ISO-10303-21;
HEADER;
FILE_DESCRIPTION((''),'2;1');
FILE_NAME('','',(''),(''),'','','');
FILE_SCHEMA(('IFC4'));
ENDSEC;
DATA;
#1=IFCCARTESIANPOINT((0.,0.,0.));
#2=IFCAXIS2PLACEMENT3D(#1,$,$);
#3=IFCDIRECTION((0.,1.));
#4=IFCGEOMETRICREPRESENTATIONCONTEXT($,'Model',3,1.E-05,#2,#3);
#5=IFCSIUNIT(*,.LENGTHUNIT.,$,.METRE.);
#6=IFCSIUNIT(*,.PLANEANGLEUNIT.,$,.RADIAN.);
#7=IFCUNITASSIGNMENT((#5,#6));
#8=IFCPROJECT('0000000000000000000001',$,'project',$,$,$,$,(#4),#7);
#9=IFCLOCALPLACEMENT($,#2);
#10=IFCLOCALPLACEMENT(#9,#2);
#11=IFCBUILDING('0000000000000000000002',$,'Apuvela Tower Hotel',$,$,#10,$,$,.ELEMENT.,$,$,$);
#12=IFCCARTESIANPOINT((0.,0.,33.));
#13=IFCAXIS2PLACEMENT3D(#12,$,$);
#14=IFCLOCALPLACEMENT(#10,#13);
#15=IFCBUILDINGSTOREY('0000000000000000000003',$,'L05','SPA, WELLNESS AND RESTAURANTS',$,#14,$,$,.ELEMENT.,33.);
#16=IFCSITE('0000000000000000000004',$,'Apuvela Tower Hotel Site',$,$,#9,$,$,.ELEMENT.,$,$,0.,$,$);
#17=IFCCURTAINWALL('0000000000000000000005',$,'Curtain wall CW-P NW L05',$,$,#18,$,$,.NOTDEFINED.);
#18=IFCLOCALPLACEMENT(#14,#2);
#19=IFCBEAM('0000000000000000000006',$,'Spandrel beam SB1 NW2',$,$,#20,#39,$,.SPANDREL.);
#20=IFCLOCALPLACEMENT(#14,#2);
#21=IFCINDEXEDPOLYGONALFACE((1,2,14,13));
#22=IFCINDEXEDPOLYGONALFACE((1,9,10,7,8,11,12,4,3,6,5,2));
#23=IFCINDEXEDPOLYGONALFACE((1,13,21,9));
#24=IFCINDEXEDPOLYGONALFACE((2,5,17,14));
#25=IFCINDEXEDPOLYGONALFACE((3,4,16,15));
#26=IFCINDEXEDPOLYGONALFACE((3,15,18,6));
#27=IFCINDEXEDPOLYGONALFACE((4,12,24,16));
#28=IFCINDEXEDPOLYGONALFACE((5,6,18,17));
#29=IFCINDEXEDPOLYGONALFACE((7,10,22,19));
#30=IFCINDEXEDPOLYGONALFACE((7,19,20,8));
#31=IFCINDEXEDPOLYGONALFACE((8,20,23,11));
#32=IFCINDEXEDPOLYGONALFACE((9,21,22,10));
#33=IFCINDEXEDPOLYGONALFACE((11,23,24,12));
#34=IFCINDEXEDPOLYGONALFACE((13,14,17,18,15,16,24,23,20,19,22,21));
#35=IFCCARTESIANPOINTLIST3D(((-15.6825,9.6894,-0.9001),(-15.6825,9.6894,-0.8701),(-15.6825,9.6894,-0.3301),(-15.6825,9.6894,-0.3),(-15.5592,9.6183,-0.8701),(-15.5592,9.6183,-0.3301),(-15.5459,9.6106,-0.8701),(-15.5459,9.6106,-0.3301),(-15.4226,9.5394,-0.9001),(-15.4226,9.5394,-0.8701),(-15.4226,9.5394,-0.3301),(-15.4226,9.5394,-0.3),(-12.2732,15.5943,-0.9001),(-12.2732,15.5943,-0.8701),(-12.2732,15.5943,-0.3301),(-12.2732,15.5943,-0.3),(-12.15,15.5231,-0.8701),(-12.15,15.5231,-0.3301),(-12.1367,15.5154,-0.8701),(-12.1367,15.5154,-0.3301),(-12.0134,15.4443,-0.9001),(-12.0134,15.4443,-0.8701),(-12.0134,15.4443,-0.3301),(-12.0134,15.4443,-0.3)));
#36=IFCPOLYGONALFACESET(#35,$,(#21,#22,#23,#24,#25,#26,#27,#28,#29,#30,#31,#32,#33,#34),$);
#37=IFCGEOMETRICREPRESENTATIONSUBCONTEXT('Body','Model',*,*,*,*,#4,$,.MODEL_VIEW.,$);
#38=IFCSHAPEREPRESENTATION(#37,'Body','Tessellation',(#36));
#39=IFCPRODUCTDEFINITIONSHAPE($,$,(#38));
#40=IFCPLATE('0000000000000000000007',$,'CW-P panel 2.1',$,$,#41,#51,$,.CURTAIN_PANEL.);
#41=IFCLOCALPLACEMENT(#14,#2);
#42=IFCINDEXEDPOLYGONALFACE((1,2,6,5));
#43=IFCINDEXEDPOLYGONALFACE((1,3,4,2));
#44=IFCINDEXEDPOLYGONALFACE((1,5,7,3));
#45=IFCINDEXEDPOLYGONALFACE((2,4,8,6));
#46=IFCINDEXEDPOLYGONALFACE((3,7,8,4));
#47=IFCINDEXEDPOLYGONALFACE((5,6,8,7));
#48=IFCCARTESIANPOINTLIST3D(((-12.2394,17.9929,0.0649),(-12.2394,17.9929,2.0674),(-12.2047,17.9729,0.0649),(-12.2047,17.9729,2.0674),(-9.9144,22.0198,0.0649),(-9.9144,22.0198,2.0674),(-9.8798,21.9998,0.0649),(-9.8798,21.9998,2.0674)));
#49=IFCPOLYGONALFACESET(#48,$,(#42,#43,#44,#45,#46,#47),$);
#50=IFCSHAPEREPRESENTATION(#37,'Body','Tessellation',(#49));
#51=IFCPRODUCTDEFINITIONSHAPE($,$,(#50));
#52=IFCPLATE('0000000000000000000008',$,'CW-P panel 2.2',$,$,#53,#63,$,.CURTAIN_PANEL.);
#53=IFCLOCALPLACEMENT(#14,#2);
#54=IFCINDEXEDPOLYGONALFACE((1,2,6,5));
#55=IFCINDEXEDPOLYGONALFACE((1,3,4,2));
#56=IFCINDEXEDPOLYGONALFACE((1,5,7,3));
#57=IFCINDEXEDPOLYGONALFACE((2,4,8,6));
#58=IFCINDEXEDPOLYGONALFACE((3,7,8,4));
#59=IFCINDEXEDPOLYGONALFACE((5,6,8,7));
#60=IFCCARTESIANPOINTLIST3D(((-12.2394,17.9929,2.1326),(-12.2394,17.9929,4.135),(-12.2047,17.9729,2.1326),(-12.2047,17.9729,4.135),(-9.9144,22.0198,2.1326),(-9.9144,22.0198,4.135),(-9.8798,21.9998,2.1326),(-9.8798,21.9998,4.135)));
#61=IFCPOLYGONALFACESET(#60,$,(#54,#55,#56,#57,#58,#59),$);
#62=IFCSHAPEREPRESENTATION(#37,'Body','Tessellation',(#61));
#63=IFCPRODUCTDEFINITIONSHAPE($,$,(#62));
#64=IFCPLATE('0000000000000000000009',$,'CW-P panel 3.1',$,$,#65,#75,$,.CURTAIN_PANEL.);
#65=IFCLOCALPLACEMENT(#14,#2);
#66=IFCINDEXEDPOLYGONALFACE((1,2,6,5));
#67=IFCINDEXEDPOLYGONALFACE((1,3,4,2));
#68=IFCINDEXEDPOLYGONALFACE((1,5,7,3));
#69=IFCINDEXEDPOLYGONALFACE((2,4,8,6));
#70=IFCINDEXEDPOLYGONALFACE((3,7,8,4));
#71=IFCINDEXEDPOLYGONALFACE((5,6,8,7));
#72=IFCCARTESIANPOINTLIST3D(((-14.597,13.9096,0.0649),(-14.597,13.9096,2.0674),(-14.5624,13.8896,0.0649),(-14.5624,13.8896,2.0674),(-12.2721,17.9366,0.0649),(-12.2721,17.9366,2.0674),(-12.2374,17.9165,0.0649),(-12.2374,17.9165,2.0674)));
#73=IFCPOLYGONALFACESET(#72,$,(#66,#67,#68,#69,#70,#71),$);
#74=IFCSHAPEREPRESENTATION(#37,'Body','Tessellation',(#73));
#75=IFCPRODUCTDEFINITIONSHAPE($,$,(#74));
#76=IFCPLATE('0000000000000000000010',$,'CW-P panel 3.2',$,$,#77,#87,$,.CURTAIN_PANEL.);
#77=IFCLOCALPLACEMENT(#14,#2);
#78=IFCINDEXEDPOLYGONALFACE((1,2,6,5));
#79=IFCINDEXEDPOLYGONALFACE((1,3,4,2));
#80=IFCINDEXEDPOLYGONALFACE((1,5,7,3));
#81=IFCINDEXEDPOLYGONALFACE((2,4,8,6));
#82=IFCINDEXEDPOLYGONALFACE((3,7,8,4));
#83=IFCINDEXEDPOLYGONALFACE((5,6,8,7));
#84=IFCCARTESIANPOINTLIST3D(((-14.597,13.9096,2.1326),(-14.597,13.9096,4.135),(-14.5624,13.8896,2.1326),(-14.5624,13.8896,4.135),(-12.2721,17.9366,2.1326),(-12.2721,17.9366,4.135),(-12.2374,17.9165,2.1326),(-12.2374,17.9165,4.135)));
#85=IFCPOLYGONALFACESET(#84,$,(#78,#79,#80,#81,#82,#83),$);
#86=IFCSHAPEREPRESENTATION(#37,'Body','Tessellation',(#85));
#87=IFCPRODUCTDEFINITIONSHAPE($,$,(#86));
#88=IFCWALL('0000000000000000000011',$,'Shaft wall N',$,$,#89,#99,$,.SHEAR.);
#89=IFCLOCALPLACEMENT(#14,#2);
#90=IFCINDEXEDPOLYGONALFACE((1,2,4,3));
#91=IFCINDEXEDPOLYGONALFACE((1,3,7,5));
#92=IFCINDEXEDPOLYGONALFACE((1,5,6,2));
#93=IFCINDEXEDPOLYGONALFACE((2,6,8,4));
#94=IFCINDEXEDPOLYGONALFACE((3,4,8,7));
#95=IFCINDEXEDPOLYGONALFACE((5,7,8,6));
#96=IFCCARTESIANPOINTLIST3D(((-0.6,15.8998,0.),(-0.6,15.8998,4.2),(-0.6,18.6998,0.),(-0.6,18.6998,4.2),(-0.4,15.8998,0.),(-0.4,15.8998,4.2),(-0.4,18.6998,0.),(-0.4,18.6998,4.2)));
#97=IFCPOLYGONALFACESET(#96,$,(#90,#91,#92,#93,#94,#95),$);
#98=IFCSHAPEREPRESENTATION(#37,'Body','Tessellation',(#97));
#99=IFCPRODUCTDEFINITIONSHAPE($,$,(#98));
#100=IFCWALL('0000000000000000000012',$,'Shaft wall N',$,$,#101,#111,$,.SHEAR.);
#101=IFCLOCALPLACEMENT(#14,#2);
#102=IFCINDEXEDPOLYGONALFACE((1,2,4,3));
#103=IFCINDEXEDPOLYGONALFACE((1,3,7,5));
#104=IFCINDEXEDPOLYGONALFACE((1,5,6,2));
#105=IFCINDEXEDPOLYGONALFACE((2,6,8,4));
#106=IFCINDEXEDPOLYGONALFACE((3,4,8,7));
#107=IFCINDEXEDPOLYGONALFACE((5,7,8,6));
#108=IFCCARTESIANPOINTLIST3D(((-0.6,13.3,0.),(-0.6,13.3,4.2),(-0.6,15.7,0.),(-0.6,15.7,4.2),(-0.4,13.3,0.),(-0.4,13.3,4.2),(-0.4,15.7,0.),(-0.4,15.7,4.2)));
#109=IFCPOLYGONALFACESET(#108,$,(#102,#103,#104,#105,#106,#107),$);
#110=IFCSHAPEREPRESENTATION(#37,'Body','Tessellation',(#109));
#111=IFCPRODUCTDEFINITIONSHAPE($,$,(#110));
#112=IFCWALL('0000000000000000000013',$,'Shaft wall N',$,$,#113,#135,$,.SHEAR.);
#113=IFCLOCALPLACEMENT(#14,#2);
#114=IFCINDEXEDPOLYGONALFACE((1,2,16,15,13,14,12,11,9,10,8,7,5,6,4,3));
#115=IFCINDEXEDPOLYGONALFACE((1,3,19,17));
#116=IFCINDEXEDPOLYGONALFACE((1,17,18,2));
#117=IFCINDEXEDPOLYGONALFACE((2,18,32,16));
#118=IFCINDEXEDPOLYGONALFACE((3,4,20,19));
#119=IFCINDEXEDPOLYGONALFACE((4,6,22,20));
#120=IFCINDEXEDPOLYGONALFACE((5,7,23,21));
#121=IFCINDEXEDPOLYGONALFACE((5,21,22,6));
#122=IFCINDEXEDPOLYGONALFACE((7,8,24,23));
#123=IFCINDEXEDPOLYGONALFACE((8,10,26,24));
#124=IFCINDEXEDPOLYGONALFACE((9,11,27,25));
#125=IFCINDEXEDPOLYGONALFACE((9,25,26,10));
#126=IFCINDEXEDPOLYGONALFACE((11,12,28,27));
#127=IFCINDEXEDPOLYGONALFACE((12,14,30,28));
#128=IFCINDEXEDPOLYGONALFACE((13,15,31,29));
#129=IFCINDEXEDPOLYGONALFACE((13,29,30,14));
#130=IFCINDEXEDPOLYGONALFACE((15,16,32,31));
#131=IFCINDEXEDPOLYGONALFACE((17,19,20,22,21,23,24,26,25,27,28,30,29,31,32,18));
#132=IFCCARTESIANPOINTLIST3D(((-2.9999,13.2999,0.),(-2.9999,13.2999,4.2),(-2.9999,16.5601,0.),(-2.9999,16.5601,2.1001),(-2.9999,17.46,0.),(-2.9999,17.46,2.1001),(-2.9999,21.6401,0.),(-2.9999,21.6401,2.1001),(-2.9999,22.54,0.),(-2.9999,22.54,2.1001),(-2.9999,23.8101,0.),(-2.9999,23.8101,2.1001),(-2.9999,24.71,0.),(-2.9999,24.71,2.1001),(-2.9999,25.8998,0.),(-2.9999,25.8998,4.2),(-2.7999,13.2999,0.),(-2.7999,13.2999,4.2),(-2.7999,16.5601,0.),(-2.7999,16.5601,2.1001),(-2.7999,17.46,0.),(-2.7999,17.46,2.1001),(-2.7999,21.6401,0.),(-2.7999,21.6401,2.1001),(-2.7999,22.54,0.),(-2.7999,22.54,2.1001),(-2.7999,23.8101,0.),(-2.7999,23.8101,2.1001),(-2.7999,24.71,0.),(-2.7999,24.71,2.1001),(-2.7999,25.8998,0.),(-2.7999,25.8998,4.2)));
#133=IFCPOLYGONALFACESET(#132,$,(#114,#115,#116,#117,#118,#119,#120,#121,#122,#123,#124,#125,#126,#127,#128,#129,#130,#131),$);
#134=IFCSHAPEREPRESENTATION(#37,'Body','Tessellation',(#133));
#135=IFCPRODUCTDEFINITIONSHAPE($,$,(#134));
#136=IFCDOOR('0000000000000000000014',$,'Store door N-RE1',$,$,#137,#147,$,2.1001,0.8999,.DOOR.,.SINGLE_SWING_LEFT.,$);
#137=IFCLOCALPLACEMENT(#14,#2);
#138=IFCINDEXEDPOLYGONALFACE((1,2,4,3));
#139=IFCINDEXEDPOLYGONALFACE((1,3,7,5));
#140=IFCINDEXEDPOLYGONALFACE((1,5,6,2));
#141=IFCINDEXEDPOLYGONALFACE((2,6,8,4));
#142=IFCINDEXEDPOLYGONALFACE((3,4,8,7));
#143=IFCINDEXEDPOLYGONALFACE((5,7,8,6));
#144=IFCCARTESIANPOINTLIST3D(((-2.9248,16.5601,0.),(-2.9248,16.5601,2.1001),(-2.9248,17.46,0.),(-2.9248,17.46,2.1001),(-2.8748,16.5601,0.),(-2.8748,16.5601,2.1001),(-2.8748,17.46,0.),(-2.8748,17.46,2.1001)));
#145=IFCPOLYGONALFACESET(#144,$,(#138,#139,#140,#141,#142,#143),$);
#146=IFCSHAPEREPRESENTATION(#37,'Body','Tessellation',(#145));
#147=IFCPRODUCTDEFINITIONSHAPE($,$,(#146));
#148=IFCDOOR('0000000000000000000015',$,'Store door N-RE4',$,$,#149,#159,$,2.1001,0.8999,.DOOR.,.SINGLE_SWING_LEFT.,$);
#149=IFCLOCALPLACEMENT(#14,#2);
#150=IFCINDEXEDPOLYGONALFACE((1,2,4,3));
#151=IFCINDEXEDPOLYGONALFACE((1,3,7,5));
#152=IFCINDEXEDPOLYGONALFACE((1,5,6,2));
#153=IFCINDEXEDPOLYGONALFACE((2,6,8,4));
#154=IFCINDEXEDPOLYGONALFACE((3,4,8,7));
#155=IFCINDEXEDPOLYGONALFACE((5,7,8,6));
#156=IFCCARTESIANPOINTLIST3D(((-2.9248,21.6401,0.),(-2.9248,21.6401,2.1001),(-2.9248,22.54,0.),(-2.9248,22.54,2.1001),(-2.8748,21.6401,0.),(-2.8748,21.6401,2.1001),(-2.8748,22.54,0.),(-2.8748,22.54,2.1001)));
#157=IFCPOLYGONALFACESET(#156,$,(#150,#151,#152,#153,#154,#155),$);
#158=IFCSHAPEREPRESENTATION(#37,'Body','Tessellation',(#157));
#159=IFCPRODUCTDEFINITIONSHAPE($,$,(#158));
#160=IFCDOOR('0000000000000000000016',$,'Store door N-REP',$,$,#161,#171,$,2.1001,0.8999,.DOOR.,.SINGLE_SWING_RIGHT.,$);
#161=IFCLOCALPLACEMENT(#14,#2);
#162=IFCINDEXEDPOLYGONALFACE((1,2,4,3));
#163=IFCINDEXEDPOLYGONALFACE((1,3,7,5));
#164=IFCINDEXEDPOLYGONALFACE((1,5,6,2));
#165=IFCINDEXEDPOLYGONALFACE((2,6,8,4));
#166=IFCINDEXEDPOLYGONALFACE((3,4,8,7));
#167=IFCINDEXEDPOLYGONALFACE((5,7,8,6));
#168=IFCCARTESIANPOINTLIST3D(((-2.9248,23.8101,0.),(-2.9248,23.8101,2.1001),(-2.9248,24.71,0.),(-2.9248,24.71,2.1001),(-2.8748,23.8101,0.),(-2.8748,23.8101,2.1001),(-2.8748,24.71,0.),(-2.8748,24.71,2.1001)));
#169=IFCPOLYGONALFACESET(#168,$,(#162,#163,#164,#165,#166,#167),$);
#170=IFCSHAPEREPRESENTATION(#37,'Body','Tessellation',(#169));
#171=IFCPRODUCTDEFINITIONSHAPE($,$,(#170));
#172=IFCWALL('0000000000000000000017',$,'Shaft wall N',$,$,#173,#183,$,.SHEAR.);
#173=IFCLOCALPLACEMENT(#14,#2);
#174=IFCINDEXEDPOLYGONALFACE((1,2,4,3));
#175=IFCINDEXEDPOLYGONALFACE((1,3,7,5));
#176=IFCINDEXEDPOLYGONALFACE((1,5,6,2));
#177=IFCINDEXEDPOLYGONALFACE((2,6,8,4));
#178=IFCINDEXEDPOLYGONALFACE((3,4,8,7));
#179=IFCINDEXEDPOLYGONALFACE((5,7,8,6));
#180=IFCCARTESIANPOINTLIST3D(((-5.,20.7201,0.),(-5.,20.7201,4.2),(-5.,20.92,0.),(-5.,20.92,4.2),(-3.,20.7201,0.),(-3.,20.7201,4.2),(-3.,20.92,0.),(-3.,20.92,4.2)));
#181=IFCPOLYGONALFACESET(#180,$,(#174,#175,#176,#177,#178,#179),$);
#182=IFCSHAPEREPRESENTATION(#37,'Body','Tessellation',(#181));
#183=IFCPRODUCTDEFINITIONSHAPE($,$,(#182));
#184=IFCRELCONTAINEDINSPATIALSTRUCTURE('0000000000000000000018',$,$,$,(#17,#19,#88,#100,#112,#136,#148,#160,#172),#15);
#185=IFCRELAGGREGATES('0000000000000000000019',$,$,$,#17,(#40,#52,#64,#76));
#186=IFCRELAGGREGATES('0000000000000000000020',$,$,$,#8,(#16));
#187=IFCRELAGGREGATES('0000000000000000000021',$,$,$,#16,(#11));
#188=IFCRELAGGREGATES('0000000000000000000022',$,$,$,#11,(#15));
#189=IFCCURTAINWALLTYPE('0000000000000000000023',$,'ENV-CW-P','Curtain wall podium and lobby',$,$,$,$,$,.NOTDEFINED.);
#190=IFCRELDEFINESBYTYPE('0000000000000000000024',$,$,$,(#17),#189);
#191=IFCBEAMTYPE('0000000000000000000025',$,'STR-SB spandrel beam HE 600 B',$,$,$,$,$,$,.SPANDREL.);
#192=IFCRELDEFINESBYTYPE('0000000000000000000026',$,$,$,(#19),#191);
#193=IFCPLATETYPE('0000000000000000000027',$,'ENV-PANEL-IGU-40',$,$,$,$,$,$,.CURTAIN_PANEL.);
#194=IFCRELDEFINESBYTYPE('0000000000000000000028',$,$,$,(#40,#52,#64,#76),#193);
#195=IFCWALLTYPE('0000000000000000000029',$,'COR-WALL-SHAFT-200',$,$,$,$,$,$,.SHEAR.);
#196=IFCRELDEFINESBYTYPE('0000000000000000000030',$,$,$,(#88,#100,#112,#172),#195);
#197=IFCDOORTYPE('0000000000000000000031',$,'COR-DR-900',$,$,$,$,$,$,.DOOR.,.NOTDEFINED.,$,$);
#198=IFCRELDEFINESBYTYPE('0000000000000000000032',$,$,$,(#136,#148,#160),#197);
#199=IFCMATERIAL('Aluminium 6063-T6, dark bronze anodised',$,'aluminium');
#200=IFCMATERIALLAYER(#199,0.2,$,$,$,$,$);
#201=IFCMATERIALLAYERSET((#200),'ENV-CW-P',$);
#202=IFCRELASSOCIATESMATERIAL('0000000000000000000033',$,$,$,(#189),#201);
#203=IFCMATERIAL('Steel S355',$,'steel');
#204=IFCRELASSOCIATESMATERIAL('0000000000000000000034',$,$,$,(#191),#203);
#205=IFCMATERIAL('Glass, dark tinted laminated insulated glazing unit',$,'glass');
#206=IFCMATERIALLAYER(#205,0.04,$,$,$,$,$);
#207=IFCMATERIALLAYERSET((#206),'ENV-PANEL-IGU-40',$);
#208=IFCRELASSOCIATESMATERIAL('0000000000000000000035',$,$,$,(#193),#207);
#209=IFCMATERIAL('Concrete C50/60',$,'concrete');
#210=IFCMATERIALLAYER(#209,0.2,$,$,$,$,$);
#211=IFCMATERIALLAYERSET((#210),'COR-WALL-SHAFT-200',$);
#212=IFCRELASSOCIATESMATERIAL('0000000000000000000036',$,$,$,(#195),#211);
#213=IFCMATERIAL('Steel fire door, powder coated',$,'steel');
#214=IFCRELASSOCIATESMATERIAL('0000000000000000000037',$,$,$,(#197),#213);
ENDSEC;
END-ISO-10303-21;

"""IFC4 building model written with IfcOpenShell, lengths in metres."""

from ifc_helpers import new_model, si_unit, direction, frame, frame_2d, origin, origin_2d, place, context, subcontext, project, spatial, rectangle, i_section, extrude, material, layer, layer_set, material_profile, profile_set, type_object, element, fill, aggregate, save


model = new_model("IFC4")

# Units and contexts
model_context = context("Model", 3, precision=1e-05, world=origin(), true_north=direction((0.0, 1.0)))
body_context = subcontext(model_context, "Body", "Model", "MODEL_VIEW")
ifc_project = project(units=[si_unit("LENGTHUNIT", "METRE"), si_unit("PLANEANGLEUNIT", "RADIAN")], contexts=[model_context])

# Site, building, storey
site_placement = place(None, origin())
site = spatial("IfcSite", under=ifc_project, at=site_placement, Name="Apuvela Tower Hotel Site", CompositionType="ELEMENT", RefElevation=0.0)
building_placement = place(site_placement, origin())
building = spatial("IfcBuilding", under=site, at=building_placement, Name="Apuvela Tower Hotel", CompositionType="ELEMENT")
storey_placement = place(building_placement, frame((0.0, 0.0, 33.0)))
storey = spatial("IfcBuildingStorey", under=building, at=storey_placement, Name="L05", Description="SPA, WELLNESS AND RESTAURANTS", CompositionType="ELEMENT", Elevation=33.0)

# Curtain wall
ifc_material_1 = material(Name="Aluminium 6063-T6, dark bronze anodised", Category="aluminium")
ifc_layer_1 = layer(ifc_material_1, 0.2)
ifc_layer_set_1 = layer_set([ifc_layer_1], Name="ENV-CW-P")
curtain_wall_type = type_object("IfcCurtainWallType", Name="ENV-CW-P", Description="Curtain wall podium and lobby", PredefinedType="NOTDEFINED", material=ifc_layer_set_1)
curtain_wall_placement = place(storey_placement, origin())
curtain_wall = element("IfcCurtainWall", 1, at=curtain_wall_placement, inside=storey, type_object=curtain_wall_type, Name="Curtain wall CW-P NW L05", PredefinedType="NOTDEFINED")

# Beam
ifc_material_2 = material(Name="Steel S355", Category="steel")
ifc_material_profile_1 = material_profile(ifc_material_2, i_section(OverallWidth=0.3, OverallDepth=0.6001, WebThickness=0.0154, FlangeThickness=0.03, at=origin_2d()), Name="HE 600 B")
ifc_profile_set_1 = profile_set([ifc_material_profile_1], Name="Steel S355")
beam_type_1 = type_object("IfcBeamType", Name="STR-SB spandrel beam HE 600 B", PredefinedType="SPANDREL", material=ifc_profile_set_1)
beam_1_placement = place(storey_placement, frame((-12.1433, 15.5193, -0.6001), z_axis=(-0.500006, -0.866022, 0.0), x_axis=(0.866022, -0.500006, 0.0)))
element("IfcBeam", 2, at=beam_1_placement, inside=storey, type_object=beam_type_1, Name="Spandrel beam SB1 NW2", PredefinedType="SPANDREL", context=body_context, shape_type="SweptSolid", body=[
    extrude(i_section(OverallWidth=0.3, OverallDepth=0.6001, WebThickness=0.0154, FlangeThickness=0.03, at=origin_2d()), origin(), (0.0, 0.0, 1.0), 6.8184),
])

# Plates
ifc_material_3 = material(Name="Glass, dark tinted laminated insulated glazing unit", Category="glass")
ifc_layer_2 = layer(ifc_material_3, 0.04)
ifc_layer_set_2 = layer_set([ifc_layer_2], Name="ENV-PANEL-IGU-40")
plate_type = type_object("IfcPlateType", Name="ENV-PANEL-IGU-40", PredefinedType="CURTAIN_PANEL", material=ifc_layer_set_2)
plate_1_placement = place(storey_placement, frame((-11.0596, 19.9963, 0.0649), z_axis=(0.0, 0.0, 1.0), x_axis=(-0.5, -0.866026, 0.0)))
plate_1 = element("IfcPlate", 3, at=plate_1_placement, type_object=plate_type, Name="CW-P panel 2.1", PredefinedType="CURTAIN_PANEL", context=body_context, shape_type="SweptSolid", body=[
    extrude(rectangle(XDim=4.6499, YDim=0.04, at=origin_2d()), origin(), (0.0, 0.0, 1.0), 2.0024),
])
plate_2_placement = place(storey_placement, frame((-11.0596, 19.9963, 2.1326), z_axis=(0.0, 0.0, 1.0), x_axis=(-0.5, -0.866026, 0.0)))
plate_2 = element("IfcPlate", 4, at=plate_2_placement, type_object=plate_type, Name="CW-P panel 2.2", PredefinedType="CURTAIN_PANEL", context=body_context, shape_type="SweptSolid", body=[
    extrude(rectangle(XDim=4.6499, YDim=0.04, at=origin_2d()), origin(), (0.0, 0.0, 1.0), 2.0024),
])
plate_3_placement = place(storey_placement, frame((-13.4172, 15.9131, 0.0649), z_axis=(0.0, 0.0, 1.0), x_axis=(-0.5, -0.866026, 0.0)))
plate_3 = element("IfcPlate", 5, at=plate_3_placement, type_object=plate_type, Name="CW-P panel 3.1", PredefinedType="CURTAIN_PANEL", context=body_context, shape_type="SweptSolid", body=[
    extrude(rectangle(XDim=4.6499, YDim=0.04, at=origin_2d()), origin(), (0.0, 0.0, 1.0), 2.0024),
])
plate_4_placement = place(storey_placement, frame((-13.4172, 15.9131, 2.1326), z_axis=(0.0, 0.0, 1.0), x_axis=(-0.5, -0.866026, 0.0)))
plate_4 = element("IfcPlate", 6, at=plate_4_placement, type_object=plate_type, Name="CW-P panel 3.2", PredefinedType="CURTAIN_PANEL", context=body_context, shape_type="SweptSolid", body=[
    extrude(rectangle(XDim=4.6499, YDim=0.04, at=origin_2d()), origin(), (0.0, 0.0, 1.0), 2.0024),
])
aggregate(curtain_wall, [plate_1, plate_2, plate_3, plate_4])

# Walls
ifc_material_4 = material(Name="Concrete C50/60", Category="concrete")
ifc_layer_3 = layer(ifc_material_4, 0.2)
ifc_layer_set_3 = layer_set([ifc_layer_3], Name="COR-WALL-SHAFT-200")
wall_type_1 = type_object("IfcWallType", Name="COR-WALL-SHAFT-200", PredefinedType="SHEAR", material=ifc_layer_set_3)
wall_1_placement = place(storey_placement, frame((-0.5, 15.8999, 0.0), z_axis=(0.0, 0.0, 1.0), x_axis=(0.0, 1.0, 0.0)))
element("IfcWall", 7, at=wall_1_placement, inside=storey, type_object=wall_type_1, Name="Shaft wall N", PredefinedType="SHEAR", context=body_context, shape_type="SweptSolid", body=[
    extrude(rectangle(XDim=2.8, YDim=0.2, at=frame_2d((1.3999, 0.0))), origin(), (0.0, 0.0, 1.0), 4.2),
])
wall_2_placement = place(storey_placement, frame((-0.5, 13.3, 0.0), z_axis=(0.0, 0.0, 1.0), x_axis=(0.0, 1.0, 0.0)))
element("IfcWall", 8, at=wall_2_placement, inside=storey, type_object=wall_type_1, Name="Shaft wall N", PredefinedType="SHEAR", context=body_context, shape_type="SweptSolid", body=[
    extrude(rectangle(XDim=2.3999, YDim=0.2, at=frame_2d((1.2, 0.0))), origin(), (0.0, 0.0, 1.0), 4.2),
])

# Wall, openings, doors
wall_3_placement = place(storey_placement, frame((-2.8999, 13.3, 0.0), z_axis=(0.0, 0.0, 1.0), x_axis=(0.0, 1.0, 0.0)))
wall_3 = element("IfcWall", 9, at=wall_3_placement, inside=storey, type_object=wall_type_1, Name="Shaft wall N", PredefinedType="SHEAR", context=body_context, shape_type="SweptSolid", body=[
    extrude(rectangle(XDim=12.5999, YDim=0.2, at=frame_2d((6.2998, 0.0))), origin(), (0.0, 0.0, 1.0), 4.2),
])
opening_1_placement = place(wall_3_placement, frame((3.26, 0.0, 0.0)))
opening_1 = element("IfcOpeningElement", 10, at=opening_1_placement, cuts=wall_3, PredefinedType="OPENING", context=body_context, shape_type="SweptSolid", body=[
    extrude(rectangle(XDim=0.8999, YDim=2.1001, at=frame_2d((0.45, 1.05))), frame((0.0, 0.1099, 0.0), z_axis=(0.0, -1.0, 0.0), x_axis=(1.0, 0.0, 0.0)), (0.0, 0.0, 1.0), 0.22),
])
opening_2_placement = place(wall_3_placement, frame((8.3401, 0.0, 0.0)))
opening_2 = element("IfcOpeningElement", 11, at=opening_2_placement, cuts=wall_3, PredefinedType="OPENING", context=body_context, shape_type="SweptSolid", body=[
    extrude(rectangle(XDim=0.8999, YDim=2.1001, at=frame_2d((0.45, 1.05))), frame((0.0, 0.1099, 0.0), z_axis=(0.0, -1.0, 0.0), x_axis=(1.0, 0.0, 0.0)), (0.0, 0.0, 1.0), 0.22),
])
opening_3_placement = place(wall_3_placement, frame((10.51, 0.0, 0.0)))
opening_3 = element("IfcOpeningElement", 12, at=opening_3_placement, cuts=wall_3, PredefinedType="OPENING", context=body_context, shape_type="SweptSolid", body=[
    extrude(rectangle(XDim=0.8999, YDim=2.1001, at=frame_2d((0.45, 1.05))), frame((0.0, 0.1099, 0.0), z_axis=(0.0, -1.0, 0.0), x_axis=(1.0, 0.0, 0.0)), (0.0, 0.0, 1.0), 0.22),
])
ifc_material_5 = material(Name="Steel fire door, powder coated", Category="steel")
door_type_1 = type_object("IfcDoorType", Name="COR-DR-900", OperationType="NOTDEFINED", PredefinedType="DOOR", material=ifc_material_5)
door_1_placement = place(opening_1_placement, origin())
door_1 = element("IfcDoor", 13, at=door_1_placement, inside=storey, type_object=door_type_1, Name="Store door N-RE1", OperationType="SINGLE_SWING_LEFT", OverallHeight=2.1001, OverallWidth=0.8999, PredefinedType="DOOR", context=body_context, shape_type="SweptSolid", body=[
    extrude(rectangle(XDim=0.8999, YDim=2.1001, at=frame_2d((0.45, 1.05))), frame((0.0, 0.0249, 0.0), z_axis=(0.0, -1.0, 0.0), x_axis=(1.0, 0.0, 0.0)), (0.0, 0.0, 1.0), 0.05),
])
fill(opening_1, door_1)
door_2_placement = place(opening_2_placement, origin())
door_2 = element("IfcDoor", 14, at=door_2_placement, inside=storey, type_object=door_type_1, Name="Store door N-RE4", OperationType="SINGLE_SWING_LEFT", OverallHeight=2.1001, OverallWidth=0.8999, PredefinedType="DOOR", context=body_context, shape_type="SweptSolid", body=[
    extrude(rectangle(XDim=0.8999, YDim=2.1001, at=frame_2d((0.45, 1.05))), frame((0.0, 0.0249, 0.0), z_axis=(0.0, -1.0, 0.0), x_axis=(1.0, 0.0, 0.0)), (0.0, 0.0, 1.0), 0.05),
])
fill(opening_2, door_2)
door_3_placement = place(opening_3_placement, origin())
door_3 = element("IfcDoor", 15, at=door_3_placement, inside=storey, type_object=door_type_1, Name="Store door N-REP", OperationType="SINGLE_SWING_RIGHT", OverallHeight=2.1001, OverallWidth=0.8999, PredefinedType="DOOR", context=body_context, shape_type="SweptSolid", body=[
    extrude(rectangle(XDim=0.8999, YDim=2.1001, at=frame_2d((0.45, 1.05))), frame((0.0, 0.0249, 0.0), z_axis=(0.0, -1.0, 0.0), x_axis=(1.0, 0.0, 0.0)), (0.0, 0.0, 1.0), 0.05),
])
fill(opening_3, door_3)

# Wall
wall_4_placement = place(storey_placement, frame((-3.0, 20.8201, 0.0), z_axis=(0.0, 0.0, 1.0), x_axis=(-1.0, 0.0, 0.0)))
element("IfcWall", 16, at=wall_4_placement, inside=storey, type_object=wall_type_1, Name="Shaft wall N", PredefinedType="SHEAR", context=body_context, shape_type="SweptSolid", body=[
    extrude(rectangle(XDim=2.0, YDim=0.2, at=frame_2d((1.0, 0.0))), origin(), (0.0, 0.0, 1.0), 4.2),
])

save(model, "model.ifc")
